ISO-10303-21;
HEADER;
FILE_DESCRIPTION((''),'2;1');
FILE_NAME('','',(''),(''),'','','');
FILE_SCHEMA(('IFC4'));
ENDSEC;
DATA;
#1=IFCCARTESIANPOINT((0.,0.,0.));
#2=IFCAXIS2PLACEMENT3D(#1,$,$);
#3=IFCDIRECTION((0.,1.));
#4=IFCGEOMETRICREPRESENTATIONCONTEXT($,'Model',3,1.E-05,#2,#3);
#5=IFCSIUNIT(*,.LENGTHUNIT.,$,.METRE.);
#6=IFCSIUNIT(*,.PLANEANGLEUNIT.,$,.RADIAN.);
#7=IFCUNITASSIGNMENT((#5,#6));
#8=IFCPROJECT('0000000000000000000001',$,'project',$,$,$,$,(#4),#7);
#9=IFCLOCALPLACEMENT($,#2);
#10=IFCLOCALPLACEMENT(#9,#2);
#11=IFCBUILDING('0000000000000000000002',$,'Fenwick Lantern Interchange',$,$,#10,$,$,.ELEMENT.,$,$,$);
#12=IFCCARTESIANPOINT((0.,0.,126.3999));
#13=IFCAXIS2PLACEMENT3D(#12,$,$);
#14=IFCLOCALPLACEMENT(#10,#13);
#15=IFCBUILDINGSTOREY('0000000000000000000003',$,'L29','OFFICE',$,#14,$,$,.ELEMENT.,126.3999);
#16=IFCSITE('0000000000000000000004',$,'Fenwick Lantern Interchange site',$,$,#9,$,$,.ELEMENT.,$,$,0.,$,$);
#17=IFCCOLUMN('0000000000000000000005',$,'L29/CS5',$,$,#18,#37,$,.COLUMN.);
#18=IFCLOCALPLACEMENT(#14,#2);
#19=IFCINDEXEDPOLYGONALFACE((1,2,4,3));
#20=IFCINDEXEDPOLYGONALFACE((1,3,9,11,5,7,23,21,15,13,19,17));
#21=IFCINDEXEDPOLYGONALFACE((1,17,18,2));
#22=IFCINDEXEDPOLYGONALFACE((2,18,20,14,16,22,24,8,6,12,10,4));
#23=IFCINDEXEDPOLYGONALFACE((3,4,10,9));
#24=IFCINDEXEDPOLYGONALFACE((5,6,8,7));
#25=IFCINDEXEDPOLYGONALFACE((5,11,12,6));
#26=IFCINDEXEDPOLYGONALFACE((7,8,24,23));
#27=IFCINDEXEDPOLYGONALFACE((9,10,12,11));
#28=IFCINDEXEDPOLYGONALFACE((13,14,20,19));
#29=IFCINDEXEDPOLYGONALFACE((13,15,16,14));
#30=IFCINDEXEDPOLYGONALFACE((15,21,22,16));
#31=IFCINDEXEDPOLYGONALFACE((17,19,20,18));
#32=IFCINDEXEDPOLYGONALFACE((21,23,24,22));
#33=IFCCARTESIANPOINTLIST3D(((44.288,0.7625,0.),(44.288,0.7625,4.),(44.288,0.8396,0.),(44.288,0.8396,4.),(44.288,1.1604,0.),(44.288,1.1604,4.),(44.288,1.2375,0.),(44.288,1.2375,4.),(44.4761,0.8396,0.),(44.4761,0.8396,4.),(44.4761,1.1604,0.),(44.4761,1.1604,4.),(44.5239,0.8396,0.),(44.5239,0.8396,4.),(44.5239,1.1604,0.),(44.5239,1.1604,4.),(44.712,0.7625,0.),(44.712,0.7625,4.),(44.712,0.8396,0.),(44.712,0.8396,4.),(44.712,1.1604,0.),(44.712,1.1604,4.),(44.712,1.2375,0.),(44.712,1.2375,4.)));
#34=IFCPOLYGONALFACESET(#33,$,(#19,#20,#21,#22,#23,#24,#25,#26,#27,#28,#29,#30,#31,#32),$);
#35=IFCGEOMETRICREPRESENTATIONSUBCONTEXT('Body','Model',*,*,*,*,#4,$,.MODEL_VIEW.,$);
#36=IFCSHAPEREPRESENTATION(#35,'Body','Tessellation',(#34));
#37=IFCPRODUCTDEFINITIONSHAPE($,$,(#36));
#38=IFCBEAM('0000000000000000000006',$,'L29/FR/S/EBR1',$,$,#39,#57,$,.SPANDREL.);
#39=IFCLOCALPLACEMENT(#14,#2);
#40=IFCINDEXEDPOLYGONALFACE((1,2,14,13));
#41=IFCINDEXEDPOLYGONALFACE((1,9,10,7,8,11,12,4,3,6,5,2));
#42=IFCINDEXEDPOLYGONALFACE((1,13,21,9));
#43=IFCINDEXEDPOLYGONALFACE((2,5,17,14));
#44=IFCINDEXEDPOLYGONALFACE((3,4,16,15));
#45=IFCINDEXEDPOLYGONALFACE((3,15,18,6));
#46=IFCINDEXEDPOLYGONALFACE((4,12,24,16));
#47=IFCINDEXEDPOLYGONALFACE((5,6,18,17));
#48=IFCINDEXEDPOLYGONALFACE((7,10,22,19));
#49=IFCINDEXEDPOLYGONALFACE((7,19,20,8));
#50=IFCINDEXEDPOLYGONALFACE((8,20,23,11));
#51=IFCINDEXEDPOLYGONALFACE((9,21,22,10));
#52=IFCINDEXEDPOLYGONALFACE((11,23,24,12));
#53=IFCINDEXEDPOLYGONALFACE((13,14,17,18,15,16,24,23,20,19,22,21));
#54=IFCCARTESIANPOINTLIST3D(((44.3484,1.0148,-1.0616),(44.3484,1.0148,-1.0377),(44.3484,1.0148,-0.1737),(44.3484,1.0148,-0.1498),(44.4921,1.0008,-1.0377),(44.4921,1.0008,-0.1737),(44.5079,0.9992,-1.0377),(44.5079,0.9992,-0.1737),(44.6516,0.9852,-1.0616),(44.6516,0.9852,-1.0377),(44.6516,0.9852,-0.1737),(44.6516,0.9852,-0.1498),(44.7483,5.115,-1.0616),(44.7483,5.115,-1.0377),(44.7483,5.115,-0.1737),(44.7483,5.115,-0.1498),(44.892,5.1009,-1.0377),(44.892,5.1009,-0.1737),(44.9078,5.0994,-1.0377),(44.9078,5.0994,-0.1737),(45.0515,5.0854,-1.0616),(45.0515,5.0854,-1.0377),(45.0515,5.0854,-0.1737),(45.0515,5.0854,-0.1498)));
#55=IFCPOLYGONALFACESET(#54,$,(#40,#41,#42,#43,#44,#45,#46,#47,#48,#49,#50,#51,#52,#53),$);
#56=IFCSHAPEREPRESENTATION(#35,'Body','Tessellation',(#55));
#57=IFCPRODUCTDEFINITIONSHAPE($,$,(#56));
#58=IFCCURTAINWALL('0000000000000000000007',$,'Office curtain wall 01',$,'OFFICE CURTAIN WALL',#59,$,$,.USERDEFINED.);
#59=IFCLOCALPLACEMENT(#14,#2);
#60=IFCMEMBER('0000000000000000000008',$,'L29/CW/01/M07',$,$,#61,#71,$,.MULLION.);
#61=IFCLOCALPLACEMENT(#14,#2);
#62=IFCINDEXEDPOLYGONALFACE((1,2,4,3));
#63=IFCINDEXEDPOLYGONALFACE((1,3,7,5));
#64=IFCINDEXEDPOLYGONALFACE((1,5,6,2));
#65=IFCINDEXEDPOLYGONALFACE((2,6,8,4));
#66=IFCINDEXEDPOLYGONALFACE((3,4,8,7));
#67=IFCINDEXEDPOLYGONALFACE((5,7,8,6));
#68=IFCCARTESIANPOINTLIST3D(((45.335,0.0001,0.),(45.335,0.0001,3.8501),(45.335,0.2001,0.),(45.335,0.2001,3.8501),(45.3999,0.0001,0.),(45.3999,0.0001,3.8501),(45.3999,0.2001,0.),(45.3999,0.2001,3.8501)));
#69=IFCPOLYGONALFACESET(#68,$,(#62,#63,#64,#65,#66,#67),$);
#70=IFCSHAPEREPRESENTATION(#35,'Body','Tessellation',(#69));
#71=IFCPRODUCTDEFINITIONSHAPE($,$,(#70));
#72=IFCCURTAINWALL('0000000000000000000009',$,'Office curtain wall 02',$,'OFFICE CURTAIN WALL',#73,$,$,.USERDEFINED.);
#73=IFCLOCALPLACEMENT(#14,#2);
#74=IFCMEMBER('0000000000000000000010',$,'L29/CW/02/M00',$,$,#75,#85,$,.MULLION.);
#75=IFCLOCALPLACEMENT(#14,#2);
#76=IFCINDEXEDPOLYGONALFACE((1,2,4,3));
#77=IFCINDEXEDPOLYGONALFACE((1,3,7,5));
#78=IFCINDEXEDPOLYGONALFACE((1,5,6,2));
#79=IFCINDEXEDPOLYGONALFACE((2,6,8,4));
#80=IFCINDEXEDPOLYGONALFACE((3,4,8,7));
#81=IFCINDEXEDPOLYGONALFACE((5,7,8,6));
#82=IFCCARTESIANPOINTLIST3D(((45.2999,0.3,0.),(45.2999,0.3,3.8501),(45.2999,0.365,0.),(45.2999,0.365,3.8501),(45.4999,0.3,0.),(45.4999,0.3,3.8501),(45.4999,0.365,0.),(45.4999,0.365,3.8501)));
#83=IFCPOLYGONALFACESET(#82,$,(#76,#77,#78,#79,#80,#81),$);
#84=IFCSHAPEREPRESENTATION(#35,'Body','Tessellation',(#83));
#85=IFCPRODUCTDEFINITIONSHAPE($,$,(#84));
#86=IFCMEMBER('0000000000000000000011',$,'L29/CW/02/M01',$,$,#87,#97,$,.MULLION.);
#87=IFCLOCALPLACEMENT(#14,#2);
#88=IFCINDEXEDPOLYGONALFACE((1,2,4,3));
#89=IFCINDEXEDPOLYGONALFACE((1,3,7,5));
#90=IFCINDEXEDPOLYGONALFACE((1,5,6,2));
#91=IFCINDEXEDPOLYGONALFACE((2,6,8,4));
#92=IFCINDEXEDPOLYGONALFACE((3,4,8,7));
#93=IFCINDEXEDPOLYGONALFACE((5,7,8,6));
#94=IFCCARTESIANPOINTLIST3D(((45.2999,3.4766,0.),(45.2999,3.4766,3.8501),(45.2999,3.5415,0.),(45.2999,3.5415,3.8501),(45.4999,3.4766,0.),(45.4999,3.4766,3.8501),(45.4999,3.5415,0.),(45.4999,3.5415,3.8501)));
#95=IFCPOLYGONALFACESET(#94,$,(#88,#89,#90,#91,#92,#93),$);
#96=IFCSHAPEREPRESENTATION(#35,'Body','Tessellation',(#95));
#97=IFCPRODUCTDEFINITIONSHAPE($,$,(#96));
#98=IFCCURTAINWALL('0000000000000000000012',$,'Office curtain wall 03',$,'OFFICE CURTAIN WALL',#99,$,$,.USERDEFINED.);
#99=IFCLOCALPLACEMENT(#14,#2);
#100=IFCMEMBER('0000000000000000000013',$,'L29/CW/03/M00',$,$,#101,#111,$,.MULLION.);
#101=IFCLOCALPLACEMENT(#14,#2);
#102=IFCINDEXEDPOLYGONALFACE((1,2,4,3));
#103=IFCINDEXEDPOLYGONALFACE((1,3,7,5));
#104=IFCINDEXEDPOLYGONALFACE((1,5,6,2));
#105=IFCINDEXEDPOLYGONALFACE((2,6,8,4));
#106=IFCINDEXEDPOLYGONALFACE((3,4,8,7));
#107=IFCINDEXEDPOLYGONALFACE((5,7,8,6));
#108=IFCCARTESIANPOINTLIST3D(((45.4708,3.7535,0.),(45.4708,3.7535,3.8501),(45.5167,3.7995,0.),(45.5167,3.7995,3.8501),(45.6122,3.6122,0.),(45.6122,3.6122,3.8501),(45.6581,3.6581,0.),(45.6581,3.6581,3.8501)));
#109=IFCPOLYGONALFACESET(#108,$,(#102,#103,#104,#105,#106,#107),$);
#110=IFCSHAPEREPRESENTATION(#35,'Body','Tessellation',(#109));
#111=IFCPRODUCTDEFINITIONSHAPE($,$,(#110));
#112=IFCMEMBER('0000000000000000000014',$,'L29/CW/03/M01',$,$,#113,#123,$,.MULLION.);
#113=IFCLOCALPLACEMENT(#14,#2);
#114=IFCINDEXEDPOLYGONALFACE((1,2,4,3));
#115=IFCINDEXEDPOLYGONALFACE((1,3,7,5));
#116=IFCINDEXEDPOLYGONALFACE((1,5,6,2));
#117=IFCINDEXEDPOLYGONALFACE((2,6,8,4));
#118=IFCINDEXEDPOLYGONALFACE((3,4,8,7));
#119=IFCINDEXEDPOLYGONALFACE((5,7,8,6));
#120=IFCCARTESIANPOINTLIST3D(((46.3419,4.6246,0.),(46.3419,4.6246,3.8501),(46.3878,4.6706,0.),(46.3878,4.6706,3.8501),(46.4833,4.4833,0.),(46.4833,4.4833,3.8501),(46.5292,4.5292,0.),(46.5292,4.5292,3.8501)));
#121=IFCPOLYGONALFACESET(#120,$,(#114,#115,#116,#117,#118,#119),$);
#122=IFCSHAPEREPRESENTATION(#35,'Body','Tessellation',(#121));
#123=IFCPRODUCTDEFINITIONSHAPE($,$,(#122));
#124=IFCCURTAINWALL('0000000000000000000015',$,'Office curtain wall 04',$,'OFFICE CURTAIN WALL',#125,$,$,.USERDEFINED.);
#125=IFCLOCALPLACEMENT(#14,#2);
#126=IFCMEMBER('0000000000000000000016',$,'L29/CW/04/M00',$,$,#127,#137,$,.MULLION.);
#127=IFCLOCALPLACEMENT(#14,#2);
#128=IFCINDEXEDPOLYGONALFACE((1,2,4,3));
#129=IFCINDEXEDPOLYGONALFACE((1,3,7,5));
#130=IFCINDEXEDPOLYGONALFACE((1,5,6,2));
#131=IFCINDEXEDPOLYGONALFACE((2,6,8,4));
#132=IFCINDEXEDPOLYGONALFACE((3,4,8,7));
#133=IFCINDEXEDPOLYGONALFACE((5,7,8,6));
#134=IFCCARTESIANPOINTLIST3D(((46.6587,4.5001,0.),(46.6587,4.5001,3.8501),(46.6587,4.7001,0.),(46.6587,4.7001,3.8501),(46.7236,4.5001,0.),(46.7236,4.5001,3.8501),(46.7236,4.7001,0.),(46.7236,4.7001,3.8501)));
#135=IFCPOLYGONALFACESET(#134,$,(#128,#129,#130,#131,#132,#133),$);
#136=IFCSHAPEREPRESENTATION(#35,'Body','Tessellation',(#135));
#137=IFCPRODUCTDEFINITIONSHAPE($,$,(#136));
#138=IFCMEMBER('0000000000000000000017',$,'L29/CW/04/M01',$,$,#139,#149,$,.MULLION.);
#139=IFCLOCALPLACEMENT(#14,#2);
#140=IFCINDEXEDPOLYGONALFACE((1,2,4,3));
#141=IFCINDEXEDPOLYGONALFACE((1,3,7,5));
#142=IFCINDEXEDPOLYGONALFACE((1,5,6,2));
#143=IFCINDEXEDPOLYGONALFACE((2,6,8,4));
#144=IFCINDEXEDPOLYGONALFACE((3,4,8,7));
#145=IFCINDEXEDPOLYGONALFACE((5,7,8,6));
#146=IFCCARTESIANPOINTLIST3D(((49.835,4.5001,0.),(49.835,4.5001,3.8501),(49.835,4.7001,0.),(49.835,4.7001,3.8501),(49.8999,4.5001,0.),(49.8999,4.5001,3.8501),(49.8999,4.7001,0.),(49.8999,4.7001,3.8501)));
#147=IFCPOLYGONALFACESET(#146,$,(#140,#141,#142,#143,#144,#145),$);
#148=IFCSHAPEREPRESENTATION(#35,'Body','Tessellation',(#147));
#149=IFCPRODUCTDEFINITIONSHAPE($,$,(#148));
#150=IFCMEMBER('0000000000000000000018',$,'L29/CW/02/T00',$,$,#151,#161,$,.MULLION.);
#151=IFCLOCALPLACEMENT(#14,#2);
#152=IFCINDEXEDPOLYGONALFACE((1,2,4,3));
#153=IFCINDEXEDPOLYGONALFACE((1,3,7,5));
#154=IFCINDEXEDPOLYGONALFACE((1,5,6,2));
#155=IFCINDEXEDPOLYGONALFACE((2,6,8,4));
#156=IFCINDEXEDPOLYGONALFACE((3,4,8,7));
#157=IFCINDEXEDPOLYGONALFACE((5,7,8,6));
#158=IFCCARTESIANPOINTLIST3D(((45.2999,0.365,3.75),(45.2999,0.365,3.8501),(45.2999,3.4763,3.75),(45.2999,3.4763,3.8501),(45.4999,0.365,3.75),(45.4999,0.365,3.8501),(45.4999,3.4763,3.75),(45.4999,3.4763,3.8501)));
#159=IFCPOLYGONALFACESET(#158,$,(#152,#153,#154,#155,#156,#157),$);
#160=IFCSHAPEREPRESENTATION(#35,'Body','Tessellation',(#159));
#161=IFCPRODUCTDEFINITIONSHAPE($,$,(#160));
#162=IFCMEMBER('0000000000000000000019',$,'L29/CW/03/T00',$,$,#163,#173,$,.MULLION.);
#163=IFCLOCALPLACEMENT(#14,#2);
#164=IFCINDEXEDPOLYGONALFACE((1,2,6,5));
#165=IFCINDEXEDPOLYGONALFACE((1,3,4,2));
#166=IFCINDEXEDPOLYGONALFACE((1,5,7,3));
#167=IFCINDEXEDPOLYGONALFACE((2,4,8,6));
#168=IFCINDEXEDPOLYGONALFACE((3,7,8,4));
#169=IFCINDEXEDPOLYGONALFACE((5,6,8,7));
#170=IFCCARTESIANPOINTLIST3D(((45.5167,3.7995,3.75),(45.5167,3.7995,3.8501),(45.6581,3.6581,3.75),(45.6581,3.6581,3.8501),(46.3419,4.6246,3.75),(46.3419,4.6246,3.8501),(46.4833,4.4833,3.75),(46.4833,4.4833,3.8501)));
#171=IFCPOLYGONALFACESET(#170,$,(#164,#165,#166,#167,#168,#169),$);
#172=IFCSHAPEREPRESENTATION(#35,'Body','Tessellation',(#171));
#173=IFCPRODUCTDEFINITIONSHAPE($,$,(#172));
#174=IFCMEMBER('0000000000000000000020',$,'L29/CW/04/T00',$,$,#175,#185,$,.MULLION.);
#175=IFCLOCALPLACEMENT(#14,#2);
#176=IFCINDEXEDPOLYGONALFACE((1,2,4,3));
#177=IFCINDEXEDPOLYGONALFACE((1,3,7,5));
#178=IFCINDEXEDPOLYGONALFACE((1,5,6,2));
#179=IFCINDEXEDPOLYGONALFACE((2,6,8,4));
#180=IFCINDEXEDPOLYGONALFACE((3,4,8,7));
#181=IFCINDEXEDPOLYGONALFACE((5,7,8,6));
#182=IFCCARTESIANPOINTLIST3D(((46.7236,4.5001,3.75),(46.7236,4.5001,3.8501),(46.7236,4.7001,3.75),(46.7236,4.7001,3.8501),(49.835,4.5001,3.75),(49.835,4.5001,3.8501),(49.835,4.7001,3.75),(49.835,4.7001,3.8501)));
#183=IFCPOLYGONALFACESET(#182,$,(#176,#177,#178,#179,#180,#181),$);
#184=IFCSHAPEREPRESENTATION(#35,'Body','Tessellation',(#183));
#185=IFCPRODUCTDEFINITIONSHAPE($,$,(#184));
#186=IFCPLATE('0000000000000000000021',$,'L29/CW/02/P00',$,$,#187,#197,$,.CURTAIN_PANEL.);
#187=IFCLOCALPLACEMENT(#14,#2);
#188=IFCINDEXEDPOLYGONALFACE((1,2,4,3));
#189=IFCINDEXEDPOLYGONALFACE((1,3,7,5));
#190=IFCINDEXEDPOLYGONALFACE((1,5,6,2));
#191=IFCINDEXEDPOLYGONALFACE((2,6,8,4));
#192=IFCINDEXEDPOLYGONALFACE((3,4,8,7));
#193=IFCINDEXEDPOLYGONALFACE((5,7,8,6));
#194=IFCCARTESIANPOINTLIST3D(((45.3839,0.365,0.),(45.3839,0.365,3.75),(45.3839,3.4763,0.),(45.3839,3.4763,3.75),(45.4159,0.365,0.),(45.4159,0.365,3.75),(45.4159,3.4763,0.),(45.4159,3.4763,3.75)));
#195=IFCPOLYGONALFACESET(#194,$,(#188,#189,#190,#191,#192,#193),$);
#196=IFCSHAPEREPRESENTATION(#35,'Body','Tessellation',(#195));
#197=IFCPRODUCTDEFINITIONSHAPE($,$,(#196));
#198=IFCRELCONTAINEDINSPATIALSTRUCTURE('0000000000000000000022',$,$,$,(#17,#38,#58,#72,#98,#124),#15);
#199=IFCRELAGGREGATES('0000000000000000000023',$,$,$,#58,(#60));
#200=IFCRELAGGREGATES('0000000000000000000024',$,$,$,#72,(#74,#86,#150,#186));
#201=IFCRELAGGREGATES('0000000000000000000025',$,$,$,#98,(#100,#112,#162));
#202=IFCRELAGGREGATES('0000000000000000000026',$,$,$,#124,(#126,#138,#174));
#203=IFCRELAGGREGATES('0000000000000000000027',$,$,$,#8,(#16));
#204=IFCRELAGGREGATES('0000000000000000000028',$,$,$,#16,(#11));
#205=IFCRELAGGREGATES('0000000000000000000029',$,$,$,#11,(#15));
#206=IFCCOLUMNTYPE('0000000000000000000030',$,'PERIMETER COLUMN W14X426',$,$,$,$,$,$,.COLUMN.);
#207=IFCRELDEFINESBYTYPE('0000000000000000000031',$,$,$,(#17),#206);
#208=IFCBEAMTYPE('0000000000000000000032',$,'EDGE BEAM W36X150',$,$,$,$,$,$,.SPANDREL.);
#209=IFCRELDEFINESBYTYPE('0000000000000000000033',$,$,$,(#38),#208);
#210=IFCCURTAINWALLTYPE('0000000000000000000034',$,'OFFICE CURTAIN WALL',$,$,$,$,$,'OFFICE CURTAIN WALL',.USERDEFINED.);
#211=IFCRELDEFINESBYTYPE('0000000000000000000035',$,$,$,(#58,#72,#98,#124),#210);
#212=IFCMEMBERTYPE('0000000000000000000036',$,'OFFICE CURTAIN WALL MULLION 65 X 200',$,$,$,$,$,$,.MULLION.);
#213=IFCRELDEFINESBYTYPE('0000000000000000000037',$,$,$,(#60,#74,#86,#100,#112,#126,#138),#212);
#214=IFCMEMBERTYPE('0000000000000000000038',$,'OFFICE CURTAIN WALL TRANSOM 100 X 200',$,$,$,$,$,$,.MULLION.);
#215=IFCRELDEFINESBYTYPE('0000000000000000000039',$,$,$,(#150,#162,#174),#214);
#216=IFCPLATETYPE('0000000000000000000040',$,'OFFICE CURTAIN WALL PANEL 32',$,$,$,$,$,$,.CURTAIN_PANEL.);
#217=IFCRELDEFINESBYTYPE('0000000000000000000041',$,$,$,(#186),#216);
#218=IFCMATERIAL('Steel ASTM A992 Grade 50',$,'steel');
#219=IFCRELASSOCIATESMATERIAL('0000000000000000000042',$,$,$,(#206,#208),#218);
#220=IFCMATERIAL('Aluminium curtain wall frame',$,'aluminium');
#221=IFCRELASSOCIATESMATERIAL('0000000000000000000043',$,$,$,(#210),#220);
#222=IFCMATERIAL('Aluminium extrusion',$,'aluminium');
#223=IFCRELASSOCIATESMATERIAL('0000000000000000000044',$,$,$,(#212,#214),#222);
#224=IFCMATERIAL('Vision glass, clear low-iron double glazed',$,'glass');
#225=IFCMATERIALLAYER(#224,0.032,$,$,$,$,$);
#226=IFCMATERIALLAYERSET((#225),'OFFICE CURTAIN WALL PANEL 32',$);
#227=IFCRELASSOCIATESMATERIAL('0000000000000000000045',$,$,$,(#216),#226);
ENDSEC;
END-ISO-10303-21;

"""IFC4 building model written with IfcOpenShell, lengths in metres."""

from ifc_helpers import new_model, si_unit, direction, frame, origin, origin_2d, place, context, subcontext, project, spatial, rectangle, i_section, extrude, material, layer, layer_set, material_profile, profile_set, type_object, element, aggregate, save


model = new_model("IFC4")

# Units and contexts
model_context = context("Model", 3, precision=1e-05, world=origin(), true_north=direction((0.0, 1.0)))
body_context = subcontext(model_context, "Body", "Model", "MODEL_VIEW")
ifc_project = project(units=[si_unit("LENGTHUNIT", "METRE"), si_unit("PLANEANGLEUNIT", "RADIAN")], contexts=[model_context])

# Site, building, storey
site_placement = place(None, origin())
site = spatial("IfcSite", under=ifc_project, at=site_placement, Name="Fenwick Lantern Interchange site", CompositionType="ELEMENT", RefElevation=0.0)
building_placement = place(site_placement, origin())
building = spatial("IfcBuilding", under=site, at=building_placement, Name="Fenwick Lantern Interchange", CompositionType="ELEMENT")
storey_placement = place(building_placement, frame((0.0, 0.0, 126.3999)))
storey = spatial("IfcBuildingStorey", under=building, at=storey_placement, Name="L29", Description="OFFICE", CompositionType="ELEMENT", Elevation=126.3999)

# Column
ifc_material_1 = material(Name="Steel ASTM A992 Grade 50", Category="steel")
ifc_material_profile_1 = material_profile(ifc_material_1, i_section(OverallWidth=0.4241, OverallDepth=0.4751, WebThickness=0.0479, FlangeThickness=0.0771, at=origin_2d()), Name="W14X426")
ifc_profile_set_1 = profile_set([ifc_material_profile_1], Name="Steel ASTM A992 Grade 50")
column_type = type_object("IfcColumnType", Name="PERIMETER COLUMN W14X426", PredefinedType="COLUMN", material=ifc_profile_set_1)
column_placement = place(storey_placement, frame((44.5, 1.0, 0.0), z_axis=(0.0, 0.0, 1.0), x_axis=(1.0, 0.0, 0.0)))
element("IfcColumn", 1, at=column_placement, inside=storey, type_object=column_type, Name="L29/CS5", PredefinedType="COLUMN", context=body_context, shape_type="SweptSolid", body=[
    extrude(i_section(OverallWidth=0.4241, OverallDepth=0.4751, WebThickness=0.0479, FlangeThickness=0.0771, at=origin_2d()), origin(), (0.0, 0.0, 1.0), 4.0),
])

# Beam
ifc_material_profile_2 = material_profile(ifc_material_1, i_section(OverallWidth=0.3047, OverallDepth=0.9119, WebThickness=0.0159, FlangeThickness=0.0239, at=origin_2d()), Name="W36X150")
ifc_profile_set_2 = profile_set([ifc_material_profile_2], Name="Steel ASTM A992 Grade 50")
beam_type = type_object("IfcBeamType", Name="EDGE BEAM W36X150", PredefinedType="SPANDREL", material=ifc_profile_set_2)
beam_placement = place(storey_placement, frame((44.5, 1.0, -0.6057), z_axis=(0.097074, 0.995277, 0.0), x_axis=(-0.995277, 0.097074, 0.0)))
element("IfcBeam", 2, at=beam_placement, inside=storey, type_object=beam_type, Name="L29/FR/S/EBR1", PredefinedType="SPANDREL", context=body_context, shape_type="SweptSolid", body=[
    extrude(i_section(OverallWidth=0.3047, OverallDepth=0.9119, WebThickness=0.0159, FlangeThickness=0.0239, at=origin_2d()), origin(), (0.0, 0.0, 1.0), 4.1196),
])

# Curtain wall, member
ifc_material_2 = material(Name="Aluminium curtain wall frame", Category="aluminium")
curtain_wall_type = type_object("IfcCurtainWallType", Name="OFFICE CURTAIN WALL", ElementType="OFFICE CURTAIN WALL", PredefinedType="USERDEFINED", material=ifc_material_2)
curtain_wall_1_placement = place(storey_placement, origin())
curtain_wall_1 = element("IfcCurtainWall", 3, at=curtain_wall_1_placement, inside=storey, type_object=curtain_wall_type, Name="Office curtain wall 01", ObjectType="OFFICE CURTAIN WALL", PredefinedType="USERDEFINED")
ifc_material_3 = material(Name="Aluminium extrusion", Category="aluminium")
ifc_material_profile_3 = material_profile(ifc_material_3, rectangle(XDim=0.2, YDim=0.0649, at=origin_2d()), Name="OFFICE CURTAIN WALL MULLION 65 X 200")
ifc_profile_set_3 = profile_set([ifc_material_profile_3], Name="Aluminium extrusion")
member_type_1 = type_object("IfcMemberType", Name="OFFICE CURTAIN WALL MULLION 65 X 200", PredefinedType="MULLION", material=ifc_profile_set_3)
member_1_placement = place(storey_placement, frame((45.3674, 0.1001, 0.0), z_axis=(0.0, 0.0, 1.0), x_axis=(0.0, 1.0, 0.0)))
member_1 = element("IfcMember", 4, at=member_1_placement, type_object=member_type_1, Name="L29/CW/01/M07", PredefinedType="MULLION", context=body_context, shape_type="SweptSolid", body=[
    extrude(rectangle(XDim=0.2, YDim=0.0649, at=origin_2d()), origin(), (0.0, 0.0, 1.0), 3.8501),
])
aggregate(curtain_wall_1, [member_1])

# Curtain walls, members
curtain_wall_2_placement = place(storey_placement, origin())
curtain_wall_2 = element("IfcCurtainWall", 5, at=curtain_wall_2_placement, inside=storey, type_object=curtain_wall_type, Name="Office curtain wall 02", ObjectType="OFFICE CURTAIN WALL", PredefinedType="USERDEFINED")
member_2_placement = place(storey_placement, frame((45.3999, 0.3325, 0.0), z_axis=(0.0, 0.0, 1.0), x_axis=(-1.0, 0.0, 0.0)))
member_2 = element("IfcMember", 6, at=member_2_placement, type_object=member_type_1, Name="L29/CW/02/M00", PredefinedType="MULLION", context=body_context, shape_type="SweptSolid", body=[
    extrude(rectangle(XDim=0.2, YDim=0.0649, at=origin_2d()), origin(), (0.0, 0.0, 1.0), 3.8501),
])
member_3_placement = place(storey_placement, frame((45.3999, 3.509, 0.0), z_axis=(0.0, 0.0, 1.0), x_axis=(-1.0, 0.0, 0.0)))
member_3 = element("IfcMember", 7, at=member_3_placement, type_object=member_type_1, Name="L29/CW/02/M01", PredefinedType="MULLION", context=body_context, shape_type="SweptSolid", body=[
    extrude(rectangle(XDim=0.2, YDim=0.0649, at=origin_2d()), origin(), (0.0, 0.0, 1.0), 3.8501),
])
curtain_wall_3_placement = place(storey_placement, origin())
curtain_wall_3 = element("IfcCurtainWall", 8, at=curtain_wall_3_placement, inside=storey, type_object=curtain_wall_type, Name="Office curtain wall 03", ObjectType="OFFICE CURTAIN WALL", PredefinedType="USERDEFINED")
member_4_placement = place(storey_placement, frame((45.5645, 3.7058, 0.0), z_axis=(0.0, 0.0, 1.0), x_axis=(-0.707107, 0.707107, 0.0)))
member_4 = element("IfcMember", 9, at=member_4_placement, type_object=member_type_1, Name="L29/CW/03/M00", PredefinedType="MULLION", context=body_context, shape_type="SweptSolid", body=[
    extrude(rectangle(XDim=0.2, YDim=0.0649, at=origin_2d()), origin(), (0.0, 0.0, 1.0), 3.8501),
])
member_5_placement = place(storey_placement, frame((46.4355, 4.5769, 0.0), z_axis=(0.0, 0.0, 1.0), x_axis=(-0.707107, 0.707107, 0.0)))
member_5 = element("IfcMember", 10, at=member_5_placement, type_object=member_type_1, Name="L29/CW/03/M01", PredefinedType="MULLION", context=body_context, shape_type="SweptSolid", body=[
    extrude(rectangle(XDim=0.2, YDim=0.0649, at=origin_2d()), origin(), (0.0, 0.0, 1.0), 3.8501),
])
curtain_wall_4_placement = place(storey_placement, origin())
curtain_wall_4 = element("IfcCurtainWall", 11, at=curtain_wall_4_placement, inside=storey, type_object=curtain_wall_type, Name="Office curtain wall 04", ObjectType="OFFICE CURTAIN WALL", PredefinedType="USERDEFINED")
member_6_placement = place(storey_placement, frame((46.6912, 4.6001, 0.0), z_axis=(0.0, 0.0, 1.0), x_axis=(0.0, 1.0, 0.0)))
member_6 = element("IfcMember", 12, at=member_6_placement, type_object=member_type_1, Name="L29/CW/04/M00", PredefinedType="MULLION", context=body_context, shape_type="SweptSolid", body=[
    extrude(rectangle(XDim=0.2, YDim=0.0649, at=origin_2d()), origin(), (0.0, 0.0, 1.0), 3.8501),
])
member_7_placement = place(storey_placement, frame((49.8674, 4.6001, 0.0), z_axis=(0.0, 0.0, 1.0), x_axis=(0.0, 1.0, 0.0)))
member_7 = element("IfcMember", 13, at=member_7_placement, type_object=member_type_1, Name="L29/CW/04/M01", PredefinedType="MULLION", context=body_context, shape_type="SweptSolid", body=[
    extrude(rectangle(XDim=0.2, YDim=0.0649, at=origin_2d()), origin(), (0.0, 0.0, 1.0), 3.8501),
])

# Members
ifc_material_profile_4 = material_profile(ifc_material_3, rectangle(XDim=0.2, YDim=0.1001, at=origin_2d()), Name="OFFICE CURTAIN WALL TRANSOM 100 X 200")
ifc_profile_set_4 = profile_set([ifc_material_profile_4], Name="Aluminium extrusion")
member_type_2 = type_object("IfcMemberType", Name="OFFICE CURTAIN WALL TRANSOM 100 X 200", PredefinedType="MULLION", material=ifc_profile_set_4)
member_8_placement = place(storey_placement, frame((45.3999, 0.365, 3.8), z_axis=(0.0, 1.0, 0.0), x_axis=(-1.0, 0.0, 0.0)))
member_8 = element("IfcMember", 14, at=member_8_placement, type_object=member_type_2, Name="L29/CW/02/T00", PredefinedType="MULLION", context=body_context, shape_type="SweptSolid", body=[
    extrude(rectangle(XDim=0.2, YDim=0.1001, at=origin_2d()), origin(), (0.0, 0.0, 1.0), 3.1113),
])
member_9_placement = place(storey_placement, frame((45.5874, 3.7288, 3.8), z_axis=(0.707107, 0.707107, 0.0), x_axis=(-0.707107, 0.707107, 0.0)))
member_9 = element("IfcMember", 15, at=member_9_placement, type_object=member_type_2, Name="L29/CW/03/T00", PredefinedType="MULLION", context=body_context, shape_type="SweptSolid", body=[
    extrude(rectangle(XDim=0.2, YDim=0.1001, at=origin_2d()), origin(), (0.0, 0.0, 1.0), 1.167),
])
member_10_placement = place(storey_placement, frame((46.7236, 4.6001, 3.8), z_axis=(1.0, 0.0, 0.0), x_axis=(0.0, 1.0, 0.0)))
member_10 = element("IfcMember", 16, at=member_10_placement, type_object=member_type_2, Name="L29/CW/04/T00", PredefinedType="MULLION", context=body_context, shape_type="SweptSolid", body=[
    extrude(rectangle(XDim=0.2, YDim=0.1001, at=origin_2d()), origin(), (0.0, 0.0, 1.0), 3.1113),
])

# Plate
ifc_material_4 = material(Name="Vision glass, clear low-iron double glazed", Category="glass")
ifc_layer_1 = layer(ifc_material_4, 0.032)
ifc_layer_set_1 = layer_set([ifc_layer_1], Name="OFFICE CURTAIN WALL PANEL 32")
plate_type = type_object("IfcPlateType", Name="OFFICE CURTAIN WALL PANEL 32", PredefinedType="CURTAIN_PANEL", material=ifc_layer_set_1)
plate_1_placement = place(storey_placement, frame((45.3999, 1.9207, 0.0), z_axis=(0.0, 0.0, 1.0), x_axis=(0.0, 1.0, 0.0)))
plate_1 = element("IfcPlate", 17, at=plate_1_placement, type_object=plate_type, Name="L29/CW/02/P00", PredefinedType="CURTAIN_PANEL", context=body_context, shape_type="SweptSolid", body=[
    extrude(rectangle(XDim=3.1113, YDim=0.032, at=origin_2d()), origin(), (0.0, 0.0, 1.0), 3.75),
])
aggregate(curtain_wall_2, [member_2, member_3, member_8, plate_1])
aggregate(curtain_wall_3, [member_4, member_5, member_9])
aggregate(curtain_wall_4, [member_6, member_7, member_10])

save(model, "model.ifc")
